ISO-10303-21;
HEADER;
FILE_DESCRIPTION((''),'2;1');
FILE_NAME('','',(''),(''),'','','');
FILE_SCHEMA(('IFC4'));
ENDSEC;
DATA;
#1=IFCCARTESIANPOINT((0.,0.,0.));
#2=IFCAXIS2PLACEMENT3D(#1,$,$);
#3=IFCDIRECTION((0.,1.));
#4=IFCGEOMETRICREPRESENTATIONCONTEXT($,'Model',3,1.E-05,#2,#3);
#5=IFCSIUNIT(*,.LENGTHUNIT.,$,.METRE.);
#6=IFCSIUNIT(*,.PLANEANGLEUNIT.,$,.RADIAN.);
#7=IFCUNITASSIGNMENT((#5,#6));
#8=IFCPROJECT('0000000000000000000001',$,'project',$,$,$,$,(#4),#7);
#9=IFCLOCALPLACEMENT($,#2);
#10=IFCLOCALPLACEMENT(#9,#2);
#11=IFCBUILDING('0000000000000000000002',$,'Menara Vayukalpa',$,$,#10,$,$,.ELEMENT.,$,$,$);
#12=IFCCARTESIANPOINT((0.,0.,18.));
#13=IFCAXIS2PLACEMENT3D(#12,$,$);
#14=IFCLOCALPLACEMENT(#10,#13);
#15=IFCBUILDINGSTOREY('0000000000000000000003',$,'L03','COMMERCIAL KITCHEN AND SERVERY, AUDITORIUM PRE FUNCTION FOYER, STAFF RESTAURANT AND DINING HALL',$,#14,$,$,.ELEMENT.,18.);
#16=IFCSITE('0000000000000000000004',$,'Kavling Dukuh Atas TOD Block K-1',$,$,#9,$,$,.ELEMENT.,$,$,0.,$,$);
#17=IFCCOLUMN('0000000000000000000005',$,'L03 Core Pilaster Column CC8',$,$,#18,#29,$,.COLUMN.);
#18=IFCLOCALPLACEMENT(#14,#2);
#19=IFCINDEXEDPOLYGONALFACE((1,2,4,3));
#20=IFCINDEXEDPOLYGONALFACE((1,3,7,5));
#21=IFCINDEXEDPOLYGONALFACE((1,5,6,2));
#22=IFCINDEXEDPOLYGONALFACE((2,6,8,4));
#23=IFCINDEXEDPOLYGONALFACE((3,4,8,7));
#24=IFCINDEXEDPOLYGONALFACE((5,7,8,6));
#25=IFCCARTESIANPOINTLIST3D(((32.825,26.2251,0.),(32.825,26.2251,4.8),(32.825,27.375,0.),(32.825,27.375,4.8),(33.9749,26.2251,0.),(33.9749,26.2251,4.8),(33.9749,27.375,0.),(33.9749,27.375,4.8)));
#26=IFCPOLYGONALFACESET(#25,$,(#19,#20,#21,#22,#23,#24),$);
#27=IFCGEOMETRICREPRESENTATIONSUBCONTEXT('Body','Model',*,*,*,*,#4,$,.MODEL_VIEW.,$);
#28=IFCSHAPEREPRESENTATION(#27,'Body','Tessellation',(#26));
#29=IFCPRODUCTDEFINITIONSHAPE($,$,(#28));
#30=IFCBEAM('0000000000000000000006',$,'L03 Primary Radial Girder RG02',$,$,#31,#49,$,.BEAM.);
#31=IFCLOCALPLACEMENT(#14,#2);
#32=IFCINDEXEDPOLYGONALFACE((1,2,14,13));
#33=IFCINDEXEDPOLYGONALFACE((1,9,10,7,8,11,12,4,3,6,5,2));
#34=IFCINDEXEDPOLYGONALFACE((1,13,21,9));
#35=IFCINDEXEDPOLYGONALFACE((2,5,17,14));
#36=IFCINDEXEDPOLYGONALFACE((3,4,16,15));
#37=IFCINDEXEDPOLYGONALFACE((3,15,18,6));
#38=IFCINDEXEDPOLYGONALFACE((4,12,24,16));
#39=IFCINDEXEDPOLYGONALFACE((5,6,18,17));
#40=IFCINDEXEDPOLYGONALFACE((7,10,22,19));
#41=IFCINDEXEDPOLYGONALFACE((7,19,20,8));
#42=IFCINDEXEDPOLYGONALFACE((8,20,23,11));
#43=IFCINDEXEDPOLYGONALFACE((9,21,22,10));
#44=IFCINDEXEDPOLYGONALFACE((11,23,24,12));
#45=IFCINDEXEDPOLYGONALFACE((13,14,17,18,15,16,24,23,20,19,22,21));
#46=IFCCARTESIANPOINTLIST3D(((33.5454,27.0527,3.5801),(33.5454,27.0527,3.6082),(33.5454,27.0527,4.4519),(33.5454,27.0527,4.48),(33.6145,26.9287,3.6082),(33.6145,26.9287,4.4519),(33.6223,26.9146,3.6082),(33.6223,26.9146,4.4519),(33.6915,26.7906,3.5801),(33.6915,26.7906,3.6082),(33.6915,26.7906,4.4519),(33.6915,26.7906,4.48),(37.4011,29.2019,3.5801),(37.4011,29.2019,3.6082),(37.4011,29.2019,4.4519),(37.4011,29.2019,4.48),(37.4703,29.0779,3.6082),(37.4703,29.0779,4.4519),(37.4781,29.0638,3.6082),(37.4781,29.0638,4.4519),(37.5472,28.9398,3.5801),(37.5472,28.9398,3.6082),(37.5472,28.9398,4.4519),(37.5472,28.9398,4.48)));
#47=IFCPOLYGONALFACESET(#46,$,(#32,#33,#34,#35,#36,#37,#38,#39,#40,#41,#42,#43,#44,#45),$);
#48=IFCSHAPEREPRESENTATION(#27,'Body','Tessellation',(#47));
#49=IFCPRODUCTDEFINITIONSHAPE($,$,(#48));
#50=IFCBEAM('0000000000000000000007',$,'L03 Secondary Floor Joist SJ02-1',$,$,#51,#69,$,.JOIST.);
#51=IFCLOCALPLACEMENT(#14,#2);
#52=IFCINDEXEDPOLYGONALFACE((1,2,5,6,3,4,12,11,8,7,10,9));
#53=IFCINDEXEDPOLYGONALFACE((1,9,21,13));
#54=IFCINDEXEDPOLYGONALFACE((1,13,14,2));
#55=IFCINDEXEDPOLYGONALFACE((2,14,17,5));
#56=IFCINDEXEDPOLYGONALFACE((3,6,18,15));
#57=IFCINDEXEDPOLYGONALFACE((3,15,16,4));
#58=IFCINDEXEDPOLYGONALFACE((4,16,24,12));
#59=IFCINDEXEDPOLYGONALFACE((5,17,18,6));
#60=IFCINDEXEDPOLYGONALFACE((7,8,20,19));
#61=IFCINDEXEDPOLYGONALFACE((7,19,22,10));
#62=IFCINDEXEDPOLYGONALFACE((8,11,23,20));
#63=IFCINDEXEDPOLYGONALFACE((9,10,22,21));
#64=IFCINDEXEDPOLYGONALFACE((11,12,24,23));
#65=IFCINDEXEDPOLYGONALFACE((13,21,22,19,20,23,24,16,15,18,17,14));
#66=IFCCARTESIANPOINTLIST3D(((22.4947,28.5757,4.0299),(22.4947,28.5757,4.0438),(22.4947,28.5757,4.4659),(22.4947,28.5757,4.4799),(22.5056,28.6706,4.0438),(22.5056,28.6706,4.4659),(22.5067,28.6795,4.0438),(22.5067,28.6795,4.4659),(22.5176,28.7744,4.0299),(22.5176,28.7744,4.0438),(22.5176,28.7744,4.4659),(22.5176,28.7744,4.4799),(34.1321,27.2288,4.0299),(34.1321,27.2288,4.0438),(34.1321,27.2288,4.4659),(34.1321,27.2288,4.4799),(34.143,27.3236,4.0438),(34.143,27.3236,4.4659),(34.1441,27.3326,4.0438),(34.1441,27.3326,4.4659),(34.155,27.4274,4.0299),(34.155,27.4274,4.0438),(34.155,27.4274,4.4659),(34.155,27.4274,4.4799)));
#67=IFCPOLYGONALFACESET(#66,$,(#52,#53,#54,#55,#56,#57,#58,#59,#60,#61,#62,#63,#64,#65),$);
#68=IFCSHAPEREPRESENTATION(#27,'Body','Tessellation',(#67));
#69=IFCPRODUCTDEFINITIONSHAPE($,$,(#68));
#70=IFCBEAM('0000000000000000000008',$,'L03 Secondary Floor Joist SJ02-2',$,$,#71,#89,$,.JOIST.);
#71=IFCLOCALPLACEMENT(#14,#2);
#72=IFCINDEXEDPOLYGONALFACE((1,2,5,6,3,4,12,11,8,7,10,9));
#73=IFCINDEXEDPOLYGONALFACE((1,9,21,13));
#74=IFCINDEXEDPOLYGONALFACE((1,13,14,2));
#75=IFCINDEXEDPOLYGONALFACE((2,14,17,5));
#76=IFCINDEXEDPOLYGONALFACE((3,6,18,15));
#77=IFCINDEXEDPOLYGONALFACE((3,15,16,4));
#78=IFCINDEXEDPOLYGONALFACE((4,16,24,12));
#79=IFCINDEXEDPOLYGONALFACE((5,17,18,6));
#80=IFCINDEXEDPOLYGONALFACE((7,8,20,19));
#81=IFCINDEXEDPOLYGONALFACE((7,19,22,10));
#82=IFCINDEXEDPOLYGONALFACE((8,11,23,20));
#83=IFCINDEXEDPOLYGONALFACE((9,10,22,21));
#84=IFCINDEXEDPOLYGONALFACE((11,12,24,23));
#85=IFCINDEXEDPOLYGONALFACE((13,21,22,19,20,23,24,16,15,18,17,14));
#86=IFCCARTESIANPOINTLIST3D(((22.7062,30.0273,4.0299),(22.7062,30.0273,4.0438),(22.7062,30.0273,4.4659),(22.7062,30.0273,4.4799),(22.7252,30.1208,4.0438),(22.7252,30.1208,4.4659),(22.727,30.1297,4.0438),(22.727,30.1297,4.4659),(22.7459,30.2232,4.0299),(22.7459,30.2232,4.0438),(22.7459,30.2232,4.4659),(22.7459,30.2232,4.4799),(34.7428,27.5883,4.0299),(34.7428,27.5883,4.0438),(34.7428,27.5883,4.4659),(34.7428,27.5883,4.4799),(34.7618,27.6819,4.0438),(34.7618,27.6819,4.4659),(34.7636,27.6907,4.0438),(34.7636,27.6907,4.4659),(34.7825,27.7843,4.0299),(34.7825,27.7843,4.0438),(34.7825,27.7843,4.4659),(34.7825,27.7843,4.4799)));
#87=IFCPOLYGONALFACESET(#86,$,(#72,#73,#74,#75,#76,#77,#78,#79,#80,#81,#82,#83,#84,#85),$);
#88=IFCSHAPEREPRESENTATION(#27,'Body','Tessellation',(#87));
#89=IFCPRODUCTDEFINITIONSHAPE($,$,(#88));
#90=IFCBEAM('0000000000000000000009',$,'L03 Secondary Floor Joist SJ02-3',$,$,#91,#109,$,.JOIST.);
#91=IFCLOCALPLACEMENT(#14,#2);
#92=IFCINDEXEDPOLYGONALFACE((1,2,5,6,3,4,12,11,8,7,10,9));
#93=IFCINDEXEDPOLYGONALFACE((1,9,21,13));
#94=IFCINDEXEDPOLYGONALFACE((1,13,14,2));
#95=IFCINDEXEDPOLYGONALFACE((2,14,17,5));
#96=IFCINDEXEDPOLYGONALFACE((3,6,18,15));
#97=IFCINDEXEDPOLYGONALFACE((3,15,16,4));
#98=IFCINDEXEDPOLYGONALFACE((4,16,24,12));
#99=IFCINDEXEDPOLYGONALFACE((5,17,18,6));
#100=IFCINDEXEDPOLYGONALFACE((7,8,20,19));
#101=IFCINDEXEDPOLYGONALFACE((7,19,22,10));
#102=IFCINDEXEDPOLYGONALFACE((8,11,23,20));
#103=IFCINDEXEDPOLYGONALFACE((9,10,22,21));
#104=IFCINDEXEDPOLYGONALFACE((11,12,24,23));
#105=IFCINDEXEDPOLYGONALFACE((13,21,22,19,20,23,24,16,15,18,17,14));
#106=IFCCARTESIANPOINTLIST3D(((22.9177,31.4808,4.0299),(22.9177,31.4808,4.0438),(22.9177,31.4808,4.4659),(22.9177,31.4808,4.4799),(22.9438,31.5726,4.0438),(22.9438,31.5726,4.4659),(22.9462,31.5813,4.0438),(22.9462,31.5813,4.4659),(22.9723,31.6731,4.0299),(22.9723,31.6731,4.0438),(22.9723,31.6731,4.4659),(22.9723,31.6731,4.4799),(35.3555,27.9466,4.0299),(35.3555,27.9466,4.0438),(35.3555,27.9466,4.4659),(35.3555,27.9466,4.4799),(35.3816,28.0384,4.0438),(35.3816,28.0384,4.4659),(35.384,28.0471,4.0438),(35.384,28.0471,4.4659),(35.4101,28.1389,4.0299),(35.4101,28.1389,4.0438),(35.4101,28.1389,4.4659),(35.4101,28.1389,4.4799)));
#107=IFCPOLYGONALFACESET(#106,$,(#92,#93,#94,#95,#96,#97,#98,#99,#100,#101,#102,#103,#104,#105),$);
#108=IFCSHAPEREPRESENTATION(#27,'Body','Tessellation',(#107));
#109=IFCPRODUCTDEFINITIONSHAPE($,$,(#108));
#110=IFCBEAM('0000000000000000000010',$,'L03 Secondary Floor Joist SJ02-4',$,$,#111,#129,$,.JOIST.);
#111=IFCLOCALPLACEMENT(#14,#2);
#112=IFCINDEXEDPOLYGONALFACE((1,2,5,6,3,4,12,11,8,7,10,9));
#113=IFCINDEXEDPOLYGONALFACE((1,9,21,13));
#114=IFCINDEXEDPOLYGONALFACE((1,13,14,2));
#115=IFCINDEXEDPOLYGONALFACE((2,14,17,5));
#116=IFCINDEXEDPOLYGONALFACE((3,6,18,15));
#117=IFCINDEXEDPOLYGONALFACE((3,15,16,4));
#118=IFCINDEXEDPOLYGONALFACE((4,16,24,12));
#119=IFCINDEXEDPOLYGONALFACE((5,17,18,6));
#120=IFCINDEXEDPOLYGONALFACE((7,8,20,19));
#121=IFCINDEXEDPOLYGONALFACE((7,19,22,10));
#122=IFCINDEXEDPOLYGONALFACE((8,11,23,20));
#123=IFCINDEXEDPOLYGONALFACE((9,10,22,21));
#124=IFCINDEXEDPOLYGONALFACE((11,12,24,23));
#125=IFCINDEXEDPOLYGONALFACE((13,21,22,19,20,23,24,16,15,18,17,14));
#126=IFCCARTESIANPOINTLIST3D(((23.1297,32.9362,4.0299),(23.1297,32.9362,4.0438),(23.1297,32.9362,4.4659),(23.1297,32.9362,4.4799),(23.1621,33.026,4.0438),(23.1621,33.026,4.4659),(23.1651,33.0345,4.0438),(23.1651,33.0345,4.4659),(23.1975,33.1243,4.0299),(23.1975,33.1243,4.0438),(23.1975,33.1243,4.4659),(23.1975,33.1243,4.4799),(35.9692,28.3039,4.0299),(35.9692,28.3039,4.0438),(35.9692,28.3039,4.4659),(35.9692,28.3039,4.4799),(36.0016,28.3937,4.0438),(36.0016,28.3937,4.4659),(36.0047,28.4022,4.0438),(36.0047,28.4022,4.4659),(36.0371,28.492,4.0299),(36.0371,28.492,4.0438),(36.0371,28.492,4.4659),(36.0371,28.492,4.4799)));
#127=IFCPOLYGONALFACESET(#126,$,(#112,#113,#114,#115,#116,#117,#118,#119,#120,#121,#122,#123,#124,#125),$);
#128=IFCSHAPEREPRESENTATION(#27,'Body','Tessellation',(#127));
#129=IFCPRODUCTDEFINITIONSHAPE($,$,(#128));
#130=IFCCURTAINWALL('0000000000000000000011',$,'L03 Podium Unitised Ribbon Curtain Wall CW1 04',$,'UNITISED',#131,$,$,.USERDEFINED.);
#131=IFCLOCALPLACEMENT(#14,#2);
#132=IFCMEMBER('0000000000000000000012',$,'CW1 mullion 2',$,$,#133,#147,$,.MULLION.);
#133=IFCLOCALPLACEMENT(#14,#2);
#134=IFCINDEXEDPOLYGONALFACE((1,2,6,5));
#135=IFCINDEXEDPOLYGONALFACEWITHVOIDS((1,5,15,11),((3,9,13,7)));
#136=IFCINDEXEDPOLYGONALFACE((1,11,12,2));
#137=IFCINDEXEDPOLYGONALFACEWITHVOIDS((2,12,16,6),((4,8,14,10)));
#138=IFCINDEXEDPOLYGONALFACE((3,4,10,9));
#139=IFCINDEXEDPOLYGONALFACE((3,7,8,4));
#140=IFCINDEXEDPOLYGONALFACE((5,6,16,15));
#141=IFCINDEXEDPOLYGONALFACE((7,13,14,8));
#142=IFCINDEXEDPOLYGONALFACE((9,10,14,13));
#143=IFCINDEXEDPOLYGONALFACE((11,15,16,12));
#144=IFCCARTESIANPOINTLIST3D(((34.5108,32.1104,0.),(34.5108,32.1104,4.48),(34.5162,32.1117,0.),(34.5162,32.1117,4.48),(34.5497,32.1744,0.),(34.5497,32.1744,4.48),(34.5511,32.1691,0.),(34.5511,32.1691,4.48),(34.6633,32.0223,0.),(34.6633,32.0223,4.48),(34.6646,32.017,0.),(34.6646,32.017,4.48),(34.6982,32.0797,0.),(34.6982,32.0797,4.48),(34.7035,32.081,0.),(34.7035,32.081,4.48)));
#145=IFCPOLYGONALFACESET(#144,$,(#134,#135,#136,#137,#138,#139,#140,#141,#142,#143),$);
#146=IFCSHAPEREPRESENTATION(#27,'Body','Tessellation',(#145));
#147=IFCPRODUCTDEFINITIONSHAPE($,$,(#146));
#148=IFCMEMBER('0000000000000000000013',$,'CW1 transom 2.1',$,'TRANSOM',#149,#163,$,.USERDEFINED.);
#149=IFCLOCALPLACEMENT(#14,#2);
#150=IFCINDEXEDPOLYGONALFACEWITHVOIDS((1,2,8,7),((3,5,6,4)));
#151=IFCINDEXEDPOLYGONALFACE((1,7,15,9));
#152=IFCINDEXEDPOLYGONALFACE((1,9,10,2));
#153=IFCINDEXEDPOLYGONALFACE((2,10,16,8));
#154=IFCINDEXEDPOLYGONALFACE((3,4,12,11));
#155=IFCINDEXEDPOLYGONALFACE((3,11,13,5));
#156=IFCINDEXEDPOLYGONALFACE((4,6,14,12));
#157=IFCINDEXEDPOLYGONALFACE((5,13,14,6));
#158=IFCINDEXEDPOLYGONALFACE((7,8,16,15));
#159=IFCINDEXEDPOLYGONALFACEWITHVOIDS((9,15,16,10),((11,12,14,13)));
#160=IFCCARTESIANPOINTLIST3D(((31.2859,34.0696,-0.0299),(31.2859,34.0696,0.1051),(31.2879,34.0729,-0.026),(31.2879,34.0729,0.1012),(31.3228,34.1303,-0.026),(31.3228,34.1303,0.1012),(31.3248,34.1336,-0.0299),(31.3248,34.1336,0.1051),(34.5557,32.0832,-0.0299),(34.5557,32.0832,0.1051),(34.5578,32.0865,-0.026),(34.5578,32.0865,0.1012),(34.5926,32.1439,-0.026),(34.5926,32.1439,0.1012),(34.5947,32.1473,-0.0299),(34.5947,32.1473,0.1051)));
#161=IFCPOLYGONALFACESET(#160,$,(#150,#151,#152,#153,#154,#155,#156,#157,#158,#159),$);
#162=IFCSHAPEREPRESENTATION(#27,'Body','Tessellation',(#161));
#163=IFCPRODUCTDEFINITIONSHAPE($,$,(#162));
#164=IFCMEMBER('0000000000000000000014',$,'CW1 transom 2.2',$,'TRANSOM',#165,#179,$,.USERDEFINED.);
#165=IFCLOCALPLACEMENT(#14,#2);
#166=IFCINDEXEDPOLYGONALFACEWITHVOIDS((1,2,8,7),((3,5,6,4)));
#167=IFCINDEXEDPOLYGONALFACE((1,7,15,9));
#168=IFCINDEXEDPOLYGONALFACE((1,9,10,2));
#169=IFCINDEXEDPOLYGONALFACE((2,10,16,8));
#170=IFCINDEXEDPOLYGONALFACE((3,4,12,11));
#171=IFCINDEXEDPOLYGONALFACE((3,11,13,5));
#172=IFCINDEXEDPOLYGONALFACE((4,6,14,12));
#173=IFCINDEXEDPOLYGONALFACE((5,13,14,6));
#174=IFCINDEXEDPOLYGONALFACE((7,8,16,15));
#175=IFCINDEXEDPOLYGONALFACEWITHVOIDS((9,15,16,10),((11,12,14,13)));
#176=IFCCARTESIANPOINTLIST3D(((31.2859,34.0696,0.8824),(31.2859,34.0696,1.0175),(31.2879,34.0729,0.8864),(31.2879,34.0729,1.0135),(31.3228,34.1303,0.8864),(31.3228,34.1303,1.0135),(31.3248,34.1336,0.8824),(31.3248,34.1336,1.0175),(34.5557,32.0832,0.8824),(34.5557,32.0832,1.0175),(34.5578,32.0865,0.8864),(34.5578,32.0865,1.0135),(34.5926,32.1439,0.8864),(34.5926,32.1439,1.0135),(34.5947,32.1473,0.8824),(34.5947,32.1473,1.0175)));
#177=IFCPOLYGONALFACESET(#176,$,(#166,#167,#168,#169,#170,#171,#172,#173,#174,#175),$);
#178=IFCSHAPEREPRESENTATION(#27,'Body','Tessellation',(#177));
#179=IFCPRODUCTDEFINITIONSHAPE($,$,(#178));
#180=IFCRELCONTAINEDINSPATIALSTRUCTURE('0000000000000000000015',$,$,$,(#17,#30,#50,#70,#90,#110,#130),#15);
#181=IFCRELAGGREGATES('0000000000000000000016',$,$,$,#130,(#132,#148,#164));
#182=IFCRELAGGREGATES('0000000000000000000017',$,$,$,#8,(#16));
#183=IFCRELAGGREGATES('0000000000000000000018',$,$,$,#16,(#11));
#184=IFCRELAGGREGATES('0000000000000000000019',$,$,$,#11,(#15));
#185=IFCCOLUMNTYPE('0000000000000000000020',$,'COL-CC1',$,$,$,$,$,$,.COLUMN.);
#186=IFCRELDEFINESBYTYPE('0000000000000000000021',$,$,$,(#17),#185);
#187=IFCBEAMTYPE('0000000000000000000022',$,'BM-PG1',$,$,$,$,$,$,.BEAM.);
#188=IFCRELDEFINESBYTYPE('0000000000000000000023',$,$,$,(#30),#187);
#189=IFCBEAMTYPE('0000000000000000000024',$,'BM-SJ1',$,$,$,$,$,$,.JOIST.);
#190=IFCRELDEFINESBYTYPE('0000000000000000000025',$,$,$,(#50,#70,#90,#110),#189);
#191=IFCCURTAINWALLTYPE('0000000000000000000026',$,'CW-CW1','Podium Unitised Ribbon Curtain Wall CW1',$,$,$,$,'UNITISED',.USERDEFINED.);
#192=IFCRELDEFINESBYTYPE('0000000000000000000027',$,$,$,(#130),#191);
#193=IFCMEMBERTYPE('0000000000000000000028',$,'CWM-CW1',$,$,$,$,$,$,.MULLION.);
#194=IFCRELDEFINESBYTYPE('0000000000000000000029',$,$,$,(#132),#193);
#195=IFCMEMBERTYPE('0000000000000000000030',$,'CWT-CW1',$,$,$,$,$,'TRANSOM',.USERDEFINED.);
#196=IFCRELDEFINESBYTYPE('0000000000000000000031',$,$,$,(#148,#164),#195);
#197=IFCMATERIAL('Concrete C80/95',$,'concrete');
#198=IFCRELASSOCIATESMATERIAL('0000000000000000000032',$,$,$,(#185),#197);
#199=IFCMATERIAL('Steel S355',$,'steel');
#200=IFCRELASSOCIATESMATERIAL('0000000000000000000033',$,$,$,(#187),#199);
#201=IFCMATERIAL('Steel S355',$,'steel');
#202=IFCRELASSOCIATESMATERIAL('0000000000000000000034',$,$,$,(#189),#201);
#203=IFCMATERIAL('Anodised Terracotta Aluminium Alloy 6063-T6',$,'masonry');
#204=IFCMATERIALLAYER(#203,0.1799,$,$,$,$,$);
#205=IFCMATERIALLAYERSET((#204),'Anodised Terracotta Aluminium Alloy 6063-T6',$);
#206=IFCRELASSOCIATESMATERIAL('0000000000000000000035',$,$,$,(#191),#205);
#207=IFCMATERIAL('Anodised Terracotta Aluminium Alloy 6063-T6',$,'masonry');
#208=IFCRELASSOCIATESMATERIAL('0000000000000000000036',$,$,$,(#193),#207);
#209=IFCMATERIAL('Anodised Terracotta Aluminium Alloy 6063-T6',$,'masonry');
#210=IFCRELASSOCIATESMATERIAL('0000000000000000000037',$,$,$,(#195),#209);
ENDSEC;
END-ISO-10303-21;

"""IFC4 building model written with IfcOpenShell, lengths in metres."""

from ifc_helpers import new_model, si_unit, direction, frame, origin, origin_2d, place, context, subcontext, project, spatial, rectangle, hollow_rectangle, i_section, extrude, material, layer, layer_set, material_profile, profile_set, type_object, element, aggregate, save


model = new_model("IFC4")

# Units and contexts
model_context = context("Model", 3, precision=1e-05, world=origin(), true_north=direction((0.0, 1.0)))
body_context = subcontext(model_context, "Body", "Model", "MODEL_VIEW")
ifc_project = project(units=[si_unit("LENGTHUNIT", "METRE"), si_unit("PLANEANGLEUNIT", "RADIAN")], contexts=[model_context])

# Site, building, storey
site_placement = place(None, origin())
site = spatial("IfcSite", under=ifc_project, at=site_placement, Name="Kavling Dukuh Atas TOD Block K-1", CompositionType="ELEMENT", RefElevation=0.0)
building_placement = place(site_placement, origin())
building = spatial("IfcBuilding", under=site, at=building_placement, Name="Menara Vayukalpa", CompositionType="ELEMENT")
storey_placement = place(building_placement, frame((0.0, 0.0, 18.0)))
storey = spatial("IfcBuildingStorey", under=building, at=storey_placement, Name="L03", Description="COMMERCIAL KITCHEN AND SERVERY, AUDITORIUM PRE FUNCTION FOYER, STAFF RESTAURANT AND DINING HALL", CompositionType="ELEMENT", Elevation=18.0)

# Column
ifc_material_1 = material(Name="Concrete C80/95", Category="concrete")
ifc_material_profile_1 = material_profile(ifc_material_1, rectangle(XDim=1.1499, YDim=1.1499, at=origin_2d()), Name="RC 1150x1150")
ifc_profile_set_1 = profile_set([ifc_material_profile_1], Name="Concrete C80/95")
column_type = type_object("IfcColumnType", Name="COL-CC1", PredefinedType="COLUMN", material=ifc_profile_set_1)
column_placement = place(storey_placement, frame((33.3999, 26.8, 0.0), z_axis=(0.0, 0.0, 1.0), x_axis=(1.0, 0.0, 0.0)))
element("IfcColumn", 1, at=column_placement, inside=storey, type_object=column_type, Name="L03 Core Pilaster Column CC8", PredefinedType="COLUMN", context=body_context, shape_type="SweptSolid", body=[
    extrude(rectangle(XDim=1.1499, YDim=1.1499, at=origin_2d()), origin(), (0.0, 0.0, 1.0), 4.8),
])

# Beams
ifc_material_2 = material(Name="Steel S355", Category="steel")
ifc_material_profile_2 = material_profile(ifc_material_2, i_section(OverallWidth=0.3, OverallDepth=0.8999, WebThickness=0.0161, FlangeThickness=0.0281, at=origin_2d()), Name="WF 900x300x16x28")
ifc_profile_set_2 = profile_set([ifc_material_profile_2], Name="Steel S355")
beam_type_1 = type_object("IfcBeamType", Name="BM-PG1", PredefinedType="BEAM", material=ifc_profile_set_2)
beam_1_placement = place(storey_placement, frame((33.6184, 26.9216, 4.03), z_axis=(0.873473, 0.486873, 0.0), x_axis=(-0.486873, 0.873473, 0.0)))
element("IfcBeam", 2, at=beam_1_placement, inside=storey, type_object=beam_type_1, Name="L03 Primary Radial Girder RG02", PredefinedType="BEAM", context=body_context, shape_type="SweptSolid", body=[
    extrude(i_section(OverallWidth=0.3, OverallDepth=0.8999, WebThickness=0.0161, FlangeThickness=0.0281, at=origin_2d()), origin(), (0.0, 0.0, 1.0), 4.4143),
])
ifc_material_3 = material(Name="Steel S355", Category="steel")
ifc_material_profile_3 = material_profile(ifc_material_3, i_section(OverallWidth=0.2, OverallDepth=0.45, WebThickness=0.009, FlangeThickness=0.0139, at=origin_2d()), Name="WF 450x200x9x14")
ifc_profile_set_3 = profile_set([ifc_material_profile_3], Name="Steel S355")
beam_type_2 = type_object("IfcBeamType", Name="BM-SJ1", PredefinedType="JOIST", material=ifc_profile_set_3)
beam_2_placement = place(storey_placement, frame((34.1436, 27.3281, 4.2549), z_axis=(-0.993369, 0.114973, 0.0), x_axis=(-0.114973, -0.993369, 0.0)))
element("IfcBeam", 3, at=beam_2_placement, inside=storey, type_object=beam_type_2, Name="L03 Secondary Floor Joist SJ02-1", PredefinedType="JOIST", context=body_context, shape_type="SweptSolid", body=[
    extrude(i_section(OverallWidth=0.2, OverallDepth=0.45, WebThickness=0.009, FlangeThickness=0.0139, at=origin_2d()), origin(), (0.0, 0.0, 1.0), 11.7151),
])
beam_3_placement = place(storey_placement, frame((34.7627, 27.6863, 4.2549), z_axis=(-0.980082, 0.198593, 0.0), x_axis=(-0.198593, -0.980082, 0.0)))
element("IfcBeam", 4, at=beam_3_placement, inside=storey, type_object=beam_type_2, Name="L03 Secondary Floor Joist SJ02-2", PredefinedType="JOIST", context=body_context, shape_type="SweptSolid", body=[
    extrude(i_section(OverallWidth=0.2, OverallDepth=0.45, WebThickness=0.009, FlangeThickness=0.0139, at=origin_2d()), origin(), (0.0, 0.0, 1.0), 12.2812),
])
beam_4_placement = place(storey_placement, frame((35.3828, 28.0427, 4.2549), z_axis=(-0.961921, 0.273329, 0.0), x_axis=(-0.273329, -0.961921, 0.0)))
element("IfcBeam", 5, at=beam_4_placement, inside=storey, type_object=beam_type_2, Name="L03 Secondary Floor Joist SJ02-3", PredefinedType="JOIST", context=body_context, shape_type="SweptSolid", body=[
    extrude(i_section(OverallWidth=0.2, OverallDepth=0.45, WebThickness=0.009, FlangeThickness=0.0139, at=origin_2d()), origin(), (0.0, 0.0, 1.0), 12.9302),
])
beam_5_placement = place(storey_placement, frame((36.0032, 28.3979, 4.2549), z_axis=(-0.940652, 0.339372, 0.0), x_axis=(-0.339372, -0.940652, 0.0)))
element("IfcBeam", 6, at=beam_5_placement, inside=storey, type_object=beam_type_2, Name="L03 Secondary Floor Joist SJ02-4", PredefinedType="JOIST", context=body_context, shape_type="SweptSolid", body=[
    extrude(i_section(OverallWidth=0.2, OverallDepth=0.45, WebThickness=0.009, FlangeThickness=0.0139, at=origin_2d()), origin(), (0.0, 0.0, 1.0), 13.6497),
])

# Curtain wall, members
ifc_material_4 = material(Name="Anodised Terracotta Aluminium Alloy 6063-T6", Category="masonry")
ifc_layer_1 = layer(ifc_material_4, 0.1799)
ifc_layer_set_1 = layer_set([ifc_layer_1], Name="Anodised Terracotta Aluminium Alloy 6063-T6")
curtain_wall_type = type_object("IfcCurtainWallType", Name="CW-CW1", Description="Podium Unitised Ribbon Curtain Wall CW1", ElementType="UNITISED", PredefinedType="USERDEFINED", material=ifc_layer_set_1)
curtain_wall_placement = place(storey_placement, origin())
curtain_wall = element("IfcCurtainWall", 7, at=curtain_wall_placement, inside=storey, type_object=curtain_wall_type, Name="L03 Podium Unitised Ribbon Curtain Wall CW1 04", ObjectType="UNITISED", PredefinedType="USERDEFINED")
ifc_material_5 = material(Name="Anodised Terracotta Aluminium Alloy 6063-T6", Category="masonry")
ifc_material_profile_4 = material_profile(ifc_material_5, hollow_rectangle(XDim=0.075, YDim=0.1799, WallThickness=0.0039, at=origin_2d()), Name="ALU 75x180x4")
ifc_profile_set_4 = profile_set([ifc_material_profile_4], Name="Anodised Terracotta Aluminium Alloy 6063-T6")
member_type_1 = type_object("IfcMemberType", Name="CWM-CW1", PredefinedType="MULLION", material=ifc_profile_set_4)
member_1_placement = place(storey_placement, frame((34.6072, 32.0957, 0.0), z_axis=(0.0, 0.0, 1.0), x_axis=(-0.51918, -0.854665, 0.0)))
member_1 = element("IfcMember", 8, at=member_1_placement, type_object=member_type_1, Name="CW1 mullion 2", PredefinedType="MULLION", context=body_context, shape_type="SweptSolid", body=[
    extrude(hollow_rectangle(XDim=0.075, YDim=0.1799, WallThickness=0.0039, at=origin_2d()), origin(), (0.0, 0.0, 1.0), 4.48),
])
ifc_material_6 = material(Name="Anodised Terracotta Aluminium Alloy 6063-T6", Category="masonry")
ifc_material_profile_5 = material_profile(ifc_material_6, hollow_rectangle(XDim=0.075, YDim=0.135, WallThickness=0.0039, at=origin_2d()), Name="ALU 75x135x4")
ifc_profile_set_5 = profile_set([ifc_material_profile_5], Name="Anodised Terracotta Aluminium Alloy 6063-T6")
member_type_2 = type_object("IfcMemberType", Name="CWT-CW1", ElementType="TRANSOM", PredefinedType="USERDEFINED", material=ifc_profile_set_5)
member_2_placement = place(storey_placement, frame((34.5752, 32.1152, 0.0376), z_axis=(-0.854659, 0.51919, 0.0), x_axis=(-0.51919, -0.854659, 0.0)))
member_2 = element("IfcMember", 9, at=member_2_placement, type_object=member_type_2, Name="CW1 transom 2.1", ObjectType="TRANSOM", PredefinedType="USERDEFINED", context=body_context, shape_type="SweptSolid", body=[
    extrude(hollow_rectangle(XDim=0.075, YDim=0.135, WallThickness=0.0039, at=origin_2d()), origin(), (0.0, 0.0, 1.0), 3.8259),
])
member_3_placement = place(storey_placement, frame((34.5752, 32.1152, 0.95), z_axis=(-0.854659, 0.51919, 0.0), x_axis=(-0.51919, -0.854659, 0.0)))
member_3 = element("IfcMember", 10, at=member_3_placement, type_object=member_type_2, Name="CW1 transom 2.2", ObjectType="TRANSOM", PredefinedType="USERDEFINED", context=body_context, shape_type="SweptSolid", body=[
    extrude(hollow_rectangle(XDim=0.075, YDim=0.135, WallThickness=0.0039, at=origin_2d()), origin(), (0.0, 0.0, 1.0), 3.8259),
])
aggregate(curtain_wall, [member_1, member_2, member_3])

save(model, "model.ifc")
